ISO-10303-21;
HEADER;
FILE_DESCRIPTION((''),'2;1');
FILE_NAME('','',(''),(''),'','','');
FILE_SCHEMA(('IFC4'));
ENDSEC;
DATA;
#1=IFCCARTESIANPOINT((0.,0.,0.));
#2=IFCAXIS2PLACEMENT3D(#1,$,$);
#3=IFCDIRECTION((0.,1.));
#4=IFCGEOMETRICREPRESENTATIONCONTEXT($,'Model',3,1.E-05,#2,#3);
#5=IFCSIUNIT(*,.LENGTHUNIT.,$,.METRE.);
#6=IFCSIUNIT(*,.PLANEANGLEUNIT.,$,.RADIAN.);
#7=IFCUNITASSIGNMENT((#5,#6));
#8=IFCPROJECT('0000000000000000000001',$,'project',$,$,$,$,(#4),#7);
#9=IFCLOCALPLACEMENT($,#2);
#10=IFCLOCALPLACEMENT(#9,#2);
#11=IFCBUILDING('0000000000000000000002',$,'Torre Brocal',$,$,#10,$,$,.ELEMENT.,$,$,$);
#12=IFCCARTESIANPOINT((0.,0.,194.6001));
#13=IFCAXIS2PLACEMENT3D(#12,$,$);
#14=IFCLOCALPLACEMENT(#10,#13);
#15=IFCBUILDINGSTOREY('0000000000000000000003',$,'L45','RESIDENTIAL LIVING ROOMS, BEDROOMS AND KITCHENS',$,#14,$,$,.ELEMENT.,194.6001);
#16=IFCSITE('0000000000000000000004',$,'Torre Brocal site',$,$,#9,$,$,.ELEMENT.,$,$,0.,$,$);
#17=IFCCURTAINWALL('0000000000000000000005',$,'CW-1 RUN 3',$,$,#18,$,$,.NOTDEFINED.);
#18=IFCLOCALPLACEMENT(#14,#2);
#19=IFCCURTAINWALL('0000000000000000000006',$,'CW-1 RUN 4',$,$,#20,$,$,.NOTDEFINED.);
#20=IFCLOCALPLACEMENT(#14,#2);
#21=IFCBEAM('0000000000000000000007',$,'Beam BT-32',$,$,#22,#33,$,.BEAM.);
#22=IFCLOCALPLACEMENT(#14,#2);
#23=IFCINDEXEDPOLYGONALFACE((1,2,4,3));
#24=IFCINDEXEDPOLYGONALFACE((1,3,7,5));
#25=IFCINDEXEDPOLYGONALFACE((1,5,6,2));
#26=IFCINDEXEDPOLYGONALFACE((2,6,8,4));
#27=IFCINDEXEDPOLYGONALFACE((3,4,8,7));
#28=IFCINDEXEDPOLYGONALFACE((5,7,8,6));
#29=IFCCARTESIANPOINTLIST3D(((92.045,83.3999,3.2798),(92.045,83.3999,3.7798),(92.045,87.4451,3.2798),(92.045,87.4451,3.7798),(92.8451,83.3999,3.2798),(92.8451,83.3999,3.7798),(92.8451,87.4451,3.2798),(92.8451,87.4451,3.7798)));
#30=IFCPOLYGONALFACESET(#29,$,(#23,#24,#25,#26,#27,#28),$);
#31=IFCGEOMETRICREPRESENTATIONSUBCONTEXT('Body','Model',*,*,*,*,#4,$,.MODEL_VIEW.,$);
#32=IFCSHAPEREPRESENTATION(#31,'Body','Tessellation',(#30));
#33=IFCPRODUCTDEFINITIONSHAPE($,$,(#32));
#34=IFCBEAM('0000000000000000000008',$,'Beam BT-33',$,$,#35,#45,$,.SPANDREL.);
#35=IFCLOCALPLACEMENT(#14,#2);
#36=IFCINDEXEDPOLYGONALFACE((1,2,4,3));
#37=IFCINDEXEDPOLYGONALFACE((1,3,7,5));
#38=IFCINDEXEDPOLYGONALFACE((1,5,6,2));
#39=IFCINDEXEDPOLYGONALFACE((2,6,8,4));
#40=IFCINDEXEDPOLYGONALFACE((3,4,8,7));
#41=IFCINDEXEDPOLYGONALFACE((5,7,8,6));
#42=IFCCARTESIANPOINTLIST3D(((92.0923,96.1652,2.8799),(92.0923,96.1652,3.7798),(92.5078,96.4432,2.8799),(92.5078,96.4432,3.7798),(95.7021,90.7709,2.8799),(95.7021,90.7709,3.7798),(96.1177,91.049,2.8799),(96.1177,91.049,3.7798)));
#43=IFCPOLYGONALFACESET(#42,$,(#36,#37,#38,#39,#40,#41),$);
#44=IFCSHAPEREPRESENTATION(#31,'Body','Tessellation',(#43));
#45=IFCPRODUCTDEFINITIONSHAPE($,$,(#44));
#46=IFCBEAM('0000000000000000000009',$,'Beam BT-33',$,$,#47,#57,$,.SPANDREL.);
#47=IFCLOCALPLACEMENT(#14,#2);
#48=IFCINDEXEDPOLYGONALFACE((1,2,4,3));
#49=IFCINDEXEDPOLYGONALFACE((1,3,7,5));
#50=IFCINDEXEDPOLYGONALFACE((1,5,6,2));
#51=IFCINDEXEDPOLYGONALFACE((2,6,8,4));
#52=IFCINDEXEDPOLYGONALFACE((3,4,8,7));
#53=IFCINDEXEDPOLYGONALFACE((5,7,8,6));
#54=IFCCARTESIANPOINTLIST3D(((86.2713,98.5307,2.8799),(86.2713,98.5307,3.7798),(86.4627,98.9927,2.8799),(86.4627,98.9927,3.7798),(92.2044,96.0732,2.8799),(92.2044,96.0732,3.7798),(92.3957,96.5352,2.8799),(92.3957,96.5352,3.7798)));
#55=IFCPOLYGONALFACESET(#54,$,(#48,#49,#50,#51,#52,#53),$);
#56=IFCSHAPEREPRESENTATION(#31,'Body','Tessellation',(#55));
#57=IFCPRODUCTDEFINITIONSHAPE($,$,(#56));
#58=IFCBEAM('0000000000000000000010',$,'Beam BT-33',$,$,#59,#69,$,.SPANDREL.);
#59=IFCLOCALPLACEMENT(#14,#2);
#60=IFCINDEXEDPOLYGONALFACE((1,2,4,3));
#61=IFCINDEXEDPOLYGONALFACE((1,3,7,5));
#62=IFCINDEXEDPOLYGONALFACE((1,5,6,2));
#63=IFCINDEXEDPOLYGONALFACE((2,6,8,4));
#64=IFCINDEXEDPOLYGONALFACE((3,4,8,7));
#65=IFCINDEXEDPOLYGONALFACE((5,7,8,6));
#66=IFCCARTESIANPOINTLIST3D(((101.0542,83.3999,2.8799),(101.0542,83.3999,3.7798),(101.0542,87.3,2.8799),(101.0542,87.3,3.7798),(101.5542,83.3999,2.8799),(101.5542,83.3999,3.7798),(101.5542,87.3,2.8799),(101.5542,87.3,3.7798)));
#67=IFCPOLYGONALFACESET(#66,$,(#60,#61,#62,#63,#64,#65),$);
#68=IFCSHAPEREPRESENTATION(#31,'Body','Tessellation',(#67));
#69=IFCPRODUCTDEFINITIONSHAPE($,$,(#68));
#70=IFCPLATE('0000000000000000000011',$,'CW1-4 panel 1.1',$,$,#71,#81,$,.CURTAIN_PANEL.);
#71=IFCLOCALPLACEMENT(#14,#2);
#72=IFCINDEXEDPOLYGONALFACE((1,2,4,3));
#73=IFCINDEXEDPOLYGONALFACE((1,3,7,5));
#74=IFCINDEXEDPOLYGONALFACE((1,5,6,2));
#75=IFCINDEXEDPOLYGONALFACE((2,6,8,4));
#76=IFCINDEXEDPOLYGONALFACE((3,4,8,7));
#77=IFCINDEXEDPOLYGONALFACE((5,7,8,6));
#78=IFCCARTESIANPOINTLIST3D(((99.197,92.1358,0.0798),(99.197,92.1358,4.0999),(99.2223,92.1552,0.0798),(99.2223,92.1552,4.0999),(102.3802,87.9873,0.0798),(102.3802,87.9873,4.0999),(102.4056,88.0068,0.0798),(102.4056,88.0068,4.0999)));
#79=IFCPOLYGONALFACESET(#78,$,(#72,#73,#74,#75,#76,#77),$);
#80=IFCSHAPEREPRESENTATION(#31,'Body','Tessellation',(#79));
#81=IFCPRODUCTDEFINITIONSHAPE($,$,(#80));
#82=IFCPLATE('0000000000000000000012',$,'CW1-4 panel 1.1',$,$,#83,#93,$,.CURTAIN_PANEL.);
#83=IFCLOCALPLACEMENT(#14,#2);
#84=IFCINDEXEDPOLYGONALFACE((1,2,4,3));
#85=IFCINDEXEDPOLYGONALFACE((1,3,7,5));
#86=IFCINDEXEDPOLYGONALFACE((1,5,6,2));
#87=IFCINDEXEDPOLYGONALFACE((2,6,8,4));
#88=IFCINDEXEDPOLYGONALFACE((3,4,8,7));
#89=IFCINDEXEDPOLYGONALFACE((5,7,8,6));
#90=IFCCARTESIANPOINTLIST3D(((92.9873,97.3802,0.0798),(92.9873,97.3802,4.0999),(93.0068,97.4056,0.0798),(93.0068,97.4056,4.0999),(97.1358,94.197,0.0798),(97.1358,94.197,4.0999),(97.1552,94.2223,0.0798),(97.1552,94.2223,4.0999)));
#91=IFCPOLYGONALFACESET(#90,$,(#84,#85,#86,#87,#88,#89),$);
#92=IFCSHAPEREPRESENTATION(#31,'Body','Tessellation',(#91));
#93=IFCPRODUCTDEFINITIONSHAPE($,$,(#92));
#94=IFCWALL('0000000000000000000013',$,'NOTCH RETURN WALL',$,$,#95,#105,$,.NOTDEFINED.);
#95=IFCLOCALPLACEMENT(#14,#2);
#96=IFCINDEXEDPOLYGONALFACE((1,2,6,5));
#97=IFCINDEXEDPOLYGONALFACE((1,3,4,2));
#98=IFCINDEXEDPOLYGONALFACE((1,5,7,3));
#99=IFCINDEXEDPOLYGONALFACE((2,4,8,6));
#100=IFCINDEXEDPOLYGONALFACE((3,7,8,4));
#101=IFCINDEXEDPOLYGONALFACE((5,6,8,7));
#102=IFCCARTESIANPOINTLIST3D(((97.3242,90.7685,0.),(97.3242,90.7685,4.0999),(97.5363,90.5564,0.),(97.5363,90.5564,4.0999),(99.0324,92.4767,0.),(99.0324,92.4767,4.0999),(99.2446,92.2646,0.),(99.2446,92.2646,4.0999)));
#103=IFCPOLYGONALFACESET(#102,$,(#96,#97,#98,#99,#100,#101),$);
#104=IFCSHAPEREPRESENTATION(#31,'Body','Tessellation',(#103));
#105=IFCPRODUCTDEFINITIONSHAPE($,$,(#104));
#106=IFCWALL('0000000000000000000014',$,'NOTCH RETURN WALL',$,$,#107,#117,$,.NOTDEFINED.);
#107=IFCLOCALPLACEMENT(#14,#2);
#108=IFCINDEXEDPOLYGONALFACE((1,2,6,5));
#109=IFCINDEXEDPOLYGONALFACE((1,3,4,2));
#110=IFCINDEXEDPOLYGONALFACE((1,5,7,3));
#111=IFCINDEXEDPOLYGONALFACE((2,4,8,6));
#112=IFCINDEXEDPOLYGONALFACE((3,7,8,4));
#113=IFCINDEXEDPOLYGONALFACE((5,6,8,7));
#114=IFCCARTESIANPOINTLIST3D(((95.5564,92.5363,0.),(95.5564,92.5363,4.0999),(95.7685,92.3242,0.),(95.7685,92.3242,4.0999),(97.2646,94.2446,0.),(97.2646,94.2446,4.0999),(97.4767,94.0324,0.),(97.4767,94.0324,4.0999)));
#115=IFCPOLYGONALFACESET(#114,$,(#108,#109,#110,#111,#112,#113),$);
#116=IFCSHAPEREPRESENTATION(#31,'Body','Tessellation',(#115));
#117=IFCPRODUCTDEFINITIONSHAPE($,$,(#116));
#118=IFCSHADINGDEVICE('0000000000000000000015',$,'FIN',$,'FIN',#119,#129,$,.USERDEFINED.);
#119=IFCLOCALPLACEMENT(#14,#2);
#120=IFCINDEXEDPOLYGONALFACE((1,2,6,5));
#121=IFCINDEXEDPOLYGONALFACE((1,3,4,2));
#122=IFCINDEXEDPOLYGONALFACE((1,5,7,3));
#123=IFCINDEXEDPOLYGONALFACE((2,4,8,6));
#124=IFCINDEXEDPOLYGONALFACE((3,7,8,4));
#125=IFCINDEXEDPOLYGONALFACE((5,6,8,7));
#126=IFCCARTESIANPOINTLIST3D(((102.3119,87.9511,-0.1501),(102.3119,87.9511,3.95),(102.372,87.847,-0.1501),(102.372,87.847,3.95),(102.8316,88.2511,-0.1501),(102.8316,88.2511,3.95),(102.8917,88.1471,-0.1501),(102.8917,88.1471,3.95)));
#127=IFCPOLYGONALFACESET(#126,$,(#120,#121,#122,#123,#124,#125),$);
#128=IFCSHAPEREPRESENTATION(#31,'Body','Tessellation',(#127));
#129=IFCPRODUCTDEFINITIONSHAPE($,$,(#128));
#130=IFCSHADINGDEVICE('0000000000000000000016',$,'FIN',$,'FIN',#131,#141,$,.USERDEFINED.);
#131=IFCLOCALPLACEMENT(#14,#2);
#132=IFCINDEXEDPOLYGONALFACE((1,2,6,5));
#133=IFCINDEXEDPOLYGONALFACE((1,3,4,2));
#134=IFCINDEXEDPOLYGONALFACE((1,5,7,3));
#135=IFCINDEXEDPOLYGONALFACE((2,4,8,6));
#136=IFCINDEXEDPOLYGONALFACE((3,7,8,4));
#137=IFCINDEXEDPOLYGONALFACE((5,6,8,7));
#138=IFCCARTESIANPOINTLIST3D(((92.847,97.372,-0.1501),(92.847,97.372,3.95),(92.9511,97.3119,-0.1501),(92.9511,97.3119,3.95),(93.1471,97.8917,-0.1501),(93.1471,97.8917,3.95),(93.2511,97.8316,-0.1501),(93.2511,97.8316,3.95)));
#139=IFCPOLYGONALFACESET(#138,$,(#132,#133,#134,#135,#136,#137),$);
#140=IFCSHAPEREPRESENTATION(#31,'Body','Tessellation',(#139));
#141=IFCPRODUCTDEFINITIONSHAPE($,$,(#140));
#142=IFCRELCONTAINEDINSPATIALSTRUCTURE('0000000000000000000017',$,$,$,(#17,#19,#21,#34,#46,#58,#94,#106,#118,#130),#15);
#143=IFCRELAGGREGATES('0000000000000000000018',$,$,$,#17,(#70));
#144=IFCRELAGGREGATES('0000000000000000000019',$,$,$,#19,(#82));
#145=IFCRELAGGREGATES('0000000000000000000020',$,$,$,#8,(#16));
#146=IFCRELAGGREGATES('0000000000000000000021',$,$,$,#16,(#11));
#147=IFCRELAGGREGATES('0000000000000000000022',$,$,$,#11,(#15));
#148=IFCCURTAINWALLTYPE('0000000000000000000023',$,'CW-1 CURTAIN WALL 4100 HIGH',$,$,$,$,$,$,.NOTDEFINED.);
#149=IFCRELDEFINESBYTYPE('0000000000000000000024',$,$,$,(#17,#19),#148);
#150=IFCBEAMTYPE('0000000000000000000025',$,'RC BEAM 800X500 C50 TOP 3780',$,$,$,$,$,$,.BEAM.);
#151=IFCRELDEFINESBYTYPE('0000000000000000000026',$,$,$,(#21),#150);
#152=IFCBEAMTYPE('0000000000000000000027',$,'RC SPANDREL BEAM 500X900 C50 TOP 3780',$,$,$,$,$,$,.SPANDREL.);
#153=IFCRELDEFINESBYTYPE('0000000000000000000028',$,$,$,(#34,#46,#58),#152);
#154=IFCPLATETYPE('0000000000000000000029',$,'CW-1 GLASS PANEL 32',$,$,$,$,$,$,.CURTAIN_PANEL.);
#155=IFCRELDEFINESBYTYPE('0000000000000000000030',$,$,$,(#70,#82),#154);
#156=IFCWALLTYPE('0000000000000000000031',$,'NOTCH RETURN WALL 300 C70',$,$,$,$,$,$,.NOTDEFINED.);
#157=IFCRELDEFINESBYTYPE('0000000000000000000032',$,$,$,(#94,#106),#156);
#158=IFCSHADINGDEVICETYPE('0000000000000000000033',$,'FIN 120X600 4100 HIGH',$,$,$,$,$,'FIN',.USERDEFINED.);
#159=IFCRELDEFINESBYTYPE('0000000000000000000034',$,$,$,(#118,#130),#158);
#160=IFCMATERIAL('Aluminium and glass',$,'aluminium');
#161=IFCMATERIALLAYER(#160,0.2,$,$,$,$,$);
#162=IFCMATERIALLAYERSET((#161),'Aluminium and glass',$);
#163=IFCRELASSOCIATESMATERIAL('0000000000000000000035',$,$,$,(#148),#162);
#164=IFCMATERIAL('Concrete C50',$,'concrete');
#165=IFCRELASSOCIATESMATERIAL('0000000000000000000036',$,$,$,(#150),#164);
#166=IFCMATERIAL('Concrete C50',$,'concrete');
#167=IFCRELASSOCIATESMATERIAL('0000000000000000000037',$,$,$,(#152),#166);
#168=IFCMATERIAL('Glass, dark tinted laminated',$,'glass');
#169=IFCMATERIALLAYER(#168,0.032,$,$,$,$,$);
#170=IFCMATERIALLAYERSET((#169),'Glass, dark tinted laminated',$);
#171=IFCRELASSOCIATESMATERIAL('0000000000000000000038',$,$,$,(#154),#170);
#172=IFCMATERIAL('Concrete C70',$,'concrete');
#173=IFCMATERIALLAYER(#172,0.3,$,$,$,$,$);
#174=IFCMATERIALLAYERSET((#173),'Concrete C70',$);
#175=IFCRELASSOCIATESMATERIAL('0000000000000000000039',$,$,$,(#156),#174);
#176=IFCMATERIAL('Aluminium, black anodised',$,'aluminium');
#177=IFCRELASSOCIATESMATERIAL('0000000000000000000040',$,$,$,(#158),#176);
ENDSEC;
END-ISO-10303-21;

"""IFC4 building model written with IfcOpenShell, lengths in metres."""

from ifc_helpers import new_model, si_unit, direction, frame, frame_2d, origin, origin_2d, place, context, subcontext, project, spatial, rectangle, extrude, material, layer, layer_set, material_profile, profile_set, type_object, element, aggregate, save


model = new_model("IFC4")

# Units and contexts
model_context = context("Model", 3, precision=1e-05, world=origin(), true_north=direction((0.0, 1.0)))
body_context = subcontext(model_context, "Body", "Model", "MODEL_VIEW")
ifc_project = project(units=[si_unit("LENGTHUNIT", "METRE"), si_unit("PLANEANGLEUNIT", "RADIAN")], contexts=[model_context])

# Site, building, storey
site_placement = place(None, origin())
site = spatial("IfcSite", under=ifc_project, at=site_placement, Name="Torre Brocal site", CompositionType="ELEMENT", RefElevation=0.0)
building_placement = place(site_placement, origin())
building = spatial("IfcBuilding", under=site, at=building_placement, Name="Torre Brocal", CompositionType="ELEMENT")
storey_placement = place(building_placement, frame((0.0, 0.0, 194.6001)))
storey = spatial("IfcBuildingStorey", under=building, at=storey_placement, Name="L45", Description="RESIDENTIAL LIVING ROOMS, BEDROOMS AND KITCHENS", CompositionType="ELEMENT", Elevation=194.6001)

# Shared definitions
ifc_material_1 = material(Name="Aluminium and glass", Category="aluminium")
ifc_layer_1 = layer(ifc_material_1, 0.2)
ifc_layer_set_1 = layer_set([ifc_layer_1], Name="Aluminium and glass")
curtain_wall_type = type_object("IfcCurtainWallType", Name="CW-1 CURTAIN WALL 4100 HIGH", PredefinedType="NOTDEFINED", material=ifc_layer_set_1)

# Curtain walls
curtain_wall_1_placement = place(storey_placement, origin())
curtain_wall_1 = element("IfcCurtainWall", 1, at=curtain_wall_1_placement, inside=storey, type_object=curtain_wall_type, Name="CW-1 RUN 3", PredefinedType="NOTDEFINED")
curtain_wall_2_placement = place(storey_placement, origin())
curtain_wall_2 = element("IfcCurtainWall", 2, at=curtain_wall_2_placement, inside=storey, type_object=curtain_wall_type, Name="CW-1 RUN 4", PredefinedType="NOTDEFINED")

# Beams
ifc_material_2 = material(Name="Concrete C50", Category="concrete")
ifc_material_profile_1 = material_profile(ifc_material_2, rectangle(XDim=0.8, YDim=0.5, at=origin_2d()), Name="RC 800X500")
ifc_profile_set_1 = profile_set([ifc_material_profile_1], Name="Concrete C50")
beam_type_1 = type_object("IfcBeamType", Name="RC BEAM 800X500 C50 TOP 3780", PredefinedType="BEAM", material=ifc_profile_set_1)
beam_1_placement = place(storey_placement, frame((92.4451, 87.4451, 3.5298), z_axis=(0.0, -1.0, 0.0), x_axis=(1.0, 0.0, 0.0)))
element("IfcBeam", 3, at=beam_1_placement, inside=storey, type_object=beam_type_1, Name="Beam BT-32", PredefinedType="BEAM", context=body_context, shape_type="SweptSolid", body=[
    extrude(rectangle(XDim=0.8, YDim=0.5, at=origin_2d()), origin(), (0.0, 0.0, 1.0), 4.0452),
])
ifc_material_3 = material(Name="Concrete C50", Category="concrete")
ifc_material_profile_2 = material_profile(ifc_material_3, rectangle(XDim=0.5, YDim=0.8999, at=origin_2d()), Name="RC 500X900")
ifc_profile_set_2 = profile_set([ifc_material_profile_2], Name="Concrete C50")
beam_type_2 = type_object("IfcBeamType", Name="RC SPANDREL BEAM 500X900 C50 TOP 3780", PredefinedType="SPANDREL", material=ifc_profile_set_2)
beam_2_placement = place(storey_placement, frame((95.9099, 90.9099, 3.3298), z_axis=(-0.556158, 0.831077, 0.0), x_axis=(-0.831077, -0.556158, 0.0)))
element("IfcBeam", 4, at=beam_2_placement, inside=storey, type_object=beam_type_2, Name="Beam BT-33", PredefinedType="SPANDREL", context=body_context, shape_type="SweptSolid", body=[
    extrude(rectangle(XDim=0.5, YDim=0.8999, at=origin_2d()), origin(), (0.0, 0.0, 1.0), 6.4907),
])
beam_3_placement = place(storey_placement, frame((92.3, 96.3042, 3.3298), z_axis=(-0.923882, 0.382676, 0.0), x_axis=(-0.382676, -0.923882, 0.0)))
element("IfcBeam", 5, at=beam_3_placement, inside=storey, type_object=beam_type_2, Name="Beam BT-33", PredefinedType="SPANDREL", context=body_context, shape_type="SweptSolid", body=[
    extrude(rectangle(XDim=0.5, YDim=0.8999, at=origin_2d()), origin(), (0.0, 0.0, 1.0), 6.4219),
])
beam_4_placement = place(storey_placement, frame((101.3042, 87.3, 3.3298), z_axis=(0.0, -1.0, 0.0), x_axis=(1.0, 0.0, 0.0)))
element("IfcBeam", 6, at=beam_4_placement, inside=storey, type_object=beam_type_2, Name="Beam BT-33", PredefinedType="SPANDREL", context=body_context, shape_type="SweptSolid", body=[
    extrude(rectangle(XDim=0.5, YDim=0.8999, at=origin_2d()), origin(), (0.0, 0.0, 1.0), 3.9001),
])

# Plates
ifc_material_4 = material(Name="Glass, dark tinted laminated", Category="glass")
ifc_layer_2 = layer(ifc_material_4, 0.032)
ifc_layer_set_2 = layer_set([ifc_layer_2], Name="Glass, dark tinted laminated")
plate_type = type_object("IfcPlateType", Name="CW-1 GLASS PANEL 32", PredefinedType="CURTAIN_PANEL", material=ifc_layer_set_2)
plate_1_placement = place(storey_placement, frame((100.8013, 90.0713, 0.0798), z_axis=(0.0, 0.0, 1.0), x_axis=(-0.608761, 0.793353, 0.0)))
plate_1 = element("IfcPlate", 7, at=plate_1_placement, type_object=plate_type, Name="CW1-4 panel 1.1", PredefinedType="CURTAIN_PANEL", context=body_context, shape_type="SweptSolid", body=[
    extrude(rectangle(XDim=5.229, YDim=0.032, at=origin_2d()), origin(), (0.0, 0.0, 1.0), 4.02),
])
aggregate(curtain_wall_1, [plate_1])
plate_2_placement = place(storey_placement, frame((95.0713, 95.8013, 0.0798), z_axis=(0.0, 0.0, 1.0), x_axis=(-0.793353, 0.608761, 0.0)))
plate_2 = element("IfcPlate", 8, at=plate_2_placement, type_object=plate_type, Name="CW1-4 panel 1.1", PredefinedType="CURTAIN_PANEL", context=body_context, shape_type="SweptSolid", body=[
    extrude(rectangle(XDim=5.229, YDim=0.032, at=origin_2d()), origin(), (0.0, 0.0, 1.0), 4.02),
])
aggregate(curtain_wall_2, [plate_2])

# Walls
ifc_material_5 = material(Name="Concrete C70", Category="concrete")
ifc_layer_3 = layer(ifc_material_5, 0.3)
ifc_layer_set_3 = layer_set([ifc_layer_3], Name="Concrete C70")
wall_type = type_object("IfcWallType", Name="NOTCH RETURN WALL 300 C70", PredefinedType="NOTDEFINED", material=ifc_layer_set_3)
for number, where, z_axis, x_axis, name in (
    (9, (97.4302, 90.6624, 0.0), (0.0, 0.0, 1.0), (0.707107, 0.707107, 0.0), "NOTCH RETURN WALL"),
    (10, (95.6624, 92.4302, 0.0), (0.0, 0.0, 1.0), (0.707107, 0.707107, 0.0), "NOTCH RETURN WALL"),
):
    element("IfcWall", number, at=place(storey_placement, frame(where, z_axis=z_axis, x_axis=x_axis)), inside=storey, type_object=wall_type, Name=name, PredefinedType="NOTDEFINED", context=body_context, shape_type="SweptSolid", body=[
        extrude(rectangle(XDim=2.4158, YDim=0.3, at=frame_2d((1.208, 0.0))), origin(), (0.0, 0.0, 1.0), 4.0999),
    ])

# Shading devices
ifc_material_6 = material(Name="Aluminium, black anodised", Category="aluminium")
ifc_material_profile_3 = material_profile(ifc_material_6, rectangle(XDim=0.1201, YDim=0.6001, at=origin_2d()), Name="FIN 120X600 4100 HIGH")
ifc_profile_set_3 = profile_set([ifc_material_profile_3], Name="Aluminium, black anodised")
shading_device_type = type_object("IfcShadingDeviceType", Name="FIN 120X600 4100 HIGH", ElementType="FIN", PredefinedType="USERDEFINED", material=ifc_profile_set_3)
for number, where, z_axis, x_axis, name in (
    (11, (102.6018, 88.0491, -0.1501), (0.0, 0.0, 1.0), (-0.5, 0.866025, 0.0), "FIN"),
    (12, (93.0491, 97.6018, -0.1501), (0.0, 0.0, 1.0), (-0.866025, 0.5, 0.0), "FIN"),
):
    element("IfcShadingDevice", number, at=place(storey_placement, frame(where, z_axis=z_axis, x_axis=x_axis)), inside=storey, type_object=shading_device_type, Name=name, ObjectType="FIN", PredefinedType="USERDEFINED", context=body_context, shape_type="SweptSolid", body=[
        extrude(rectangle(XDim=0.1201, YDim=0.6001, at=origin_2d()), origin(), (0.0, 0.0, 1.0), 4.1001),
    ])

save(model, "model.ifc")
